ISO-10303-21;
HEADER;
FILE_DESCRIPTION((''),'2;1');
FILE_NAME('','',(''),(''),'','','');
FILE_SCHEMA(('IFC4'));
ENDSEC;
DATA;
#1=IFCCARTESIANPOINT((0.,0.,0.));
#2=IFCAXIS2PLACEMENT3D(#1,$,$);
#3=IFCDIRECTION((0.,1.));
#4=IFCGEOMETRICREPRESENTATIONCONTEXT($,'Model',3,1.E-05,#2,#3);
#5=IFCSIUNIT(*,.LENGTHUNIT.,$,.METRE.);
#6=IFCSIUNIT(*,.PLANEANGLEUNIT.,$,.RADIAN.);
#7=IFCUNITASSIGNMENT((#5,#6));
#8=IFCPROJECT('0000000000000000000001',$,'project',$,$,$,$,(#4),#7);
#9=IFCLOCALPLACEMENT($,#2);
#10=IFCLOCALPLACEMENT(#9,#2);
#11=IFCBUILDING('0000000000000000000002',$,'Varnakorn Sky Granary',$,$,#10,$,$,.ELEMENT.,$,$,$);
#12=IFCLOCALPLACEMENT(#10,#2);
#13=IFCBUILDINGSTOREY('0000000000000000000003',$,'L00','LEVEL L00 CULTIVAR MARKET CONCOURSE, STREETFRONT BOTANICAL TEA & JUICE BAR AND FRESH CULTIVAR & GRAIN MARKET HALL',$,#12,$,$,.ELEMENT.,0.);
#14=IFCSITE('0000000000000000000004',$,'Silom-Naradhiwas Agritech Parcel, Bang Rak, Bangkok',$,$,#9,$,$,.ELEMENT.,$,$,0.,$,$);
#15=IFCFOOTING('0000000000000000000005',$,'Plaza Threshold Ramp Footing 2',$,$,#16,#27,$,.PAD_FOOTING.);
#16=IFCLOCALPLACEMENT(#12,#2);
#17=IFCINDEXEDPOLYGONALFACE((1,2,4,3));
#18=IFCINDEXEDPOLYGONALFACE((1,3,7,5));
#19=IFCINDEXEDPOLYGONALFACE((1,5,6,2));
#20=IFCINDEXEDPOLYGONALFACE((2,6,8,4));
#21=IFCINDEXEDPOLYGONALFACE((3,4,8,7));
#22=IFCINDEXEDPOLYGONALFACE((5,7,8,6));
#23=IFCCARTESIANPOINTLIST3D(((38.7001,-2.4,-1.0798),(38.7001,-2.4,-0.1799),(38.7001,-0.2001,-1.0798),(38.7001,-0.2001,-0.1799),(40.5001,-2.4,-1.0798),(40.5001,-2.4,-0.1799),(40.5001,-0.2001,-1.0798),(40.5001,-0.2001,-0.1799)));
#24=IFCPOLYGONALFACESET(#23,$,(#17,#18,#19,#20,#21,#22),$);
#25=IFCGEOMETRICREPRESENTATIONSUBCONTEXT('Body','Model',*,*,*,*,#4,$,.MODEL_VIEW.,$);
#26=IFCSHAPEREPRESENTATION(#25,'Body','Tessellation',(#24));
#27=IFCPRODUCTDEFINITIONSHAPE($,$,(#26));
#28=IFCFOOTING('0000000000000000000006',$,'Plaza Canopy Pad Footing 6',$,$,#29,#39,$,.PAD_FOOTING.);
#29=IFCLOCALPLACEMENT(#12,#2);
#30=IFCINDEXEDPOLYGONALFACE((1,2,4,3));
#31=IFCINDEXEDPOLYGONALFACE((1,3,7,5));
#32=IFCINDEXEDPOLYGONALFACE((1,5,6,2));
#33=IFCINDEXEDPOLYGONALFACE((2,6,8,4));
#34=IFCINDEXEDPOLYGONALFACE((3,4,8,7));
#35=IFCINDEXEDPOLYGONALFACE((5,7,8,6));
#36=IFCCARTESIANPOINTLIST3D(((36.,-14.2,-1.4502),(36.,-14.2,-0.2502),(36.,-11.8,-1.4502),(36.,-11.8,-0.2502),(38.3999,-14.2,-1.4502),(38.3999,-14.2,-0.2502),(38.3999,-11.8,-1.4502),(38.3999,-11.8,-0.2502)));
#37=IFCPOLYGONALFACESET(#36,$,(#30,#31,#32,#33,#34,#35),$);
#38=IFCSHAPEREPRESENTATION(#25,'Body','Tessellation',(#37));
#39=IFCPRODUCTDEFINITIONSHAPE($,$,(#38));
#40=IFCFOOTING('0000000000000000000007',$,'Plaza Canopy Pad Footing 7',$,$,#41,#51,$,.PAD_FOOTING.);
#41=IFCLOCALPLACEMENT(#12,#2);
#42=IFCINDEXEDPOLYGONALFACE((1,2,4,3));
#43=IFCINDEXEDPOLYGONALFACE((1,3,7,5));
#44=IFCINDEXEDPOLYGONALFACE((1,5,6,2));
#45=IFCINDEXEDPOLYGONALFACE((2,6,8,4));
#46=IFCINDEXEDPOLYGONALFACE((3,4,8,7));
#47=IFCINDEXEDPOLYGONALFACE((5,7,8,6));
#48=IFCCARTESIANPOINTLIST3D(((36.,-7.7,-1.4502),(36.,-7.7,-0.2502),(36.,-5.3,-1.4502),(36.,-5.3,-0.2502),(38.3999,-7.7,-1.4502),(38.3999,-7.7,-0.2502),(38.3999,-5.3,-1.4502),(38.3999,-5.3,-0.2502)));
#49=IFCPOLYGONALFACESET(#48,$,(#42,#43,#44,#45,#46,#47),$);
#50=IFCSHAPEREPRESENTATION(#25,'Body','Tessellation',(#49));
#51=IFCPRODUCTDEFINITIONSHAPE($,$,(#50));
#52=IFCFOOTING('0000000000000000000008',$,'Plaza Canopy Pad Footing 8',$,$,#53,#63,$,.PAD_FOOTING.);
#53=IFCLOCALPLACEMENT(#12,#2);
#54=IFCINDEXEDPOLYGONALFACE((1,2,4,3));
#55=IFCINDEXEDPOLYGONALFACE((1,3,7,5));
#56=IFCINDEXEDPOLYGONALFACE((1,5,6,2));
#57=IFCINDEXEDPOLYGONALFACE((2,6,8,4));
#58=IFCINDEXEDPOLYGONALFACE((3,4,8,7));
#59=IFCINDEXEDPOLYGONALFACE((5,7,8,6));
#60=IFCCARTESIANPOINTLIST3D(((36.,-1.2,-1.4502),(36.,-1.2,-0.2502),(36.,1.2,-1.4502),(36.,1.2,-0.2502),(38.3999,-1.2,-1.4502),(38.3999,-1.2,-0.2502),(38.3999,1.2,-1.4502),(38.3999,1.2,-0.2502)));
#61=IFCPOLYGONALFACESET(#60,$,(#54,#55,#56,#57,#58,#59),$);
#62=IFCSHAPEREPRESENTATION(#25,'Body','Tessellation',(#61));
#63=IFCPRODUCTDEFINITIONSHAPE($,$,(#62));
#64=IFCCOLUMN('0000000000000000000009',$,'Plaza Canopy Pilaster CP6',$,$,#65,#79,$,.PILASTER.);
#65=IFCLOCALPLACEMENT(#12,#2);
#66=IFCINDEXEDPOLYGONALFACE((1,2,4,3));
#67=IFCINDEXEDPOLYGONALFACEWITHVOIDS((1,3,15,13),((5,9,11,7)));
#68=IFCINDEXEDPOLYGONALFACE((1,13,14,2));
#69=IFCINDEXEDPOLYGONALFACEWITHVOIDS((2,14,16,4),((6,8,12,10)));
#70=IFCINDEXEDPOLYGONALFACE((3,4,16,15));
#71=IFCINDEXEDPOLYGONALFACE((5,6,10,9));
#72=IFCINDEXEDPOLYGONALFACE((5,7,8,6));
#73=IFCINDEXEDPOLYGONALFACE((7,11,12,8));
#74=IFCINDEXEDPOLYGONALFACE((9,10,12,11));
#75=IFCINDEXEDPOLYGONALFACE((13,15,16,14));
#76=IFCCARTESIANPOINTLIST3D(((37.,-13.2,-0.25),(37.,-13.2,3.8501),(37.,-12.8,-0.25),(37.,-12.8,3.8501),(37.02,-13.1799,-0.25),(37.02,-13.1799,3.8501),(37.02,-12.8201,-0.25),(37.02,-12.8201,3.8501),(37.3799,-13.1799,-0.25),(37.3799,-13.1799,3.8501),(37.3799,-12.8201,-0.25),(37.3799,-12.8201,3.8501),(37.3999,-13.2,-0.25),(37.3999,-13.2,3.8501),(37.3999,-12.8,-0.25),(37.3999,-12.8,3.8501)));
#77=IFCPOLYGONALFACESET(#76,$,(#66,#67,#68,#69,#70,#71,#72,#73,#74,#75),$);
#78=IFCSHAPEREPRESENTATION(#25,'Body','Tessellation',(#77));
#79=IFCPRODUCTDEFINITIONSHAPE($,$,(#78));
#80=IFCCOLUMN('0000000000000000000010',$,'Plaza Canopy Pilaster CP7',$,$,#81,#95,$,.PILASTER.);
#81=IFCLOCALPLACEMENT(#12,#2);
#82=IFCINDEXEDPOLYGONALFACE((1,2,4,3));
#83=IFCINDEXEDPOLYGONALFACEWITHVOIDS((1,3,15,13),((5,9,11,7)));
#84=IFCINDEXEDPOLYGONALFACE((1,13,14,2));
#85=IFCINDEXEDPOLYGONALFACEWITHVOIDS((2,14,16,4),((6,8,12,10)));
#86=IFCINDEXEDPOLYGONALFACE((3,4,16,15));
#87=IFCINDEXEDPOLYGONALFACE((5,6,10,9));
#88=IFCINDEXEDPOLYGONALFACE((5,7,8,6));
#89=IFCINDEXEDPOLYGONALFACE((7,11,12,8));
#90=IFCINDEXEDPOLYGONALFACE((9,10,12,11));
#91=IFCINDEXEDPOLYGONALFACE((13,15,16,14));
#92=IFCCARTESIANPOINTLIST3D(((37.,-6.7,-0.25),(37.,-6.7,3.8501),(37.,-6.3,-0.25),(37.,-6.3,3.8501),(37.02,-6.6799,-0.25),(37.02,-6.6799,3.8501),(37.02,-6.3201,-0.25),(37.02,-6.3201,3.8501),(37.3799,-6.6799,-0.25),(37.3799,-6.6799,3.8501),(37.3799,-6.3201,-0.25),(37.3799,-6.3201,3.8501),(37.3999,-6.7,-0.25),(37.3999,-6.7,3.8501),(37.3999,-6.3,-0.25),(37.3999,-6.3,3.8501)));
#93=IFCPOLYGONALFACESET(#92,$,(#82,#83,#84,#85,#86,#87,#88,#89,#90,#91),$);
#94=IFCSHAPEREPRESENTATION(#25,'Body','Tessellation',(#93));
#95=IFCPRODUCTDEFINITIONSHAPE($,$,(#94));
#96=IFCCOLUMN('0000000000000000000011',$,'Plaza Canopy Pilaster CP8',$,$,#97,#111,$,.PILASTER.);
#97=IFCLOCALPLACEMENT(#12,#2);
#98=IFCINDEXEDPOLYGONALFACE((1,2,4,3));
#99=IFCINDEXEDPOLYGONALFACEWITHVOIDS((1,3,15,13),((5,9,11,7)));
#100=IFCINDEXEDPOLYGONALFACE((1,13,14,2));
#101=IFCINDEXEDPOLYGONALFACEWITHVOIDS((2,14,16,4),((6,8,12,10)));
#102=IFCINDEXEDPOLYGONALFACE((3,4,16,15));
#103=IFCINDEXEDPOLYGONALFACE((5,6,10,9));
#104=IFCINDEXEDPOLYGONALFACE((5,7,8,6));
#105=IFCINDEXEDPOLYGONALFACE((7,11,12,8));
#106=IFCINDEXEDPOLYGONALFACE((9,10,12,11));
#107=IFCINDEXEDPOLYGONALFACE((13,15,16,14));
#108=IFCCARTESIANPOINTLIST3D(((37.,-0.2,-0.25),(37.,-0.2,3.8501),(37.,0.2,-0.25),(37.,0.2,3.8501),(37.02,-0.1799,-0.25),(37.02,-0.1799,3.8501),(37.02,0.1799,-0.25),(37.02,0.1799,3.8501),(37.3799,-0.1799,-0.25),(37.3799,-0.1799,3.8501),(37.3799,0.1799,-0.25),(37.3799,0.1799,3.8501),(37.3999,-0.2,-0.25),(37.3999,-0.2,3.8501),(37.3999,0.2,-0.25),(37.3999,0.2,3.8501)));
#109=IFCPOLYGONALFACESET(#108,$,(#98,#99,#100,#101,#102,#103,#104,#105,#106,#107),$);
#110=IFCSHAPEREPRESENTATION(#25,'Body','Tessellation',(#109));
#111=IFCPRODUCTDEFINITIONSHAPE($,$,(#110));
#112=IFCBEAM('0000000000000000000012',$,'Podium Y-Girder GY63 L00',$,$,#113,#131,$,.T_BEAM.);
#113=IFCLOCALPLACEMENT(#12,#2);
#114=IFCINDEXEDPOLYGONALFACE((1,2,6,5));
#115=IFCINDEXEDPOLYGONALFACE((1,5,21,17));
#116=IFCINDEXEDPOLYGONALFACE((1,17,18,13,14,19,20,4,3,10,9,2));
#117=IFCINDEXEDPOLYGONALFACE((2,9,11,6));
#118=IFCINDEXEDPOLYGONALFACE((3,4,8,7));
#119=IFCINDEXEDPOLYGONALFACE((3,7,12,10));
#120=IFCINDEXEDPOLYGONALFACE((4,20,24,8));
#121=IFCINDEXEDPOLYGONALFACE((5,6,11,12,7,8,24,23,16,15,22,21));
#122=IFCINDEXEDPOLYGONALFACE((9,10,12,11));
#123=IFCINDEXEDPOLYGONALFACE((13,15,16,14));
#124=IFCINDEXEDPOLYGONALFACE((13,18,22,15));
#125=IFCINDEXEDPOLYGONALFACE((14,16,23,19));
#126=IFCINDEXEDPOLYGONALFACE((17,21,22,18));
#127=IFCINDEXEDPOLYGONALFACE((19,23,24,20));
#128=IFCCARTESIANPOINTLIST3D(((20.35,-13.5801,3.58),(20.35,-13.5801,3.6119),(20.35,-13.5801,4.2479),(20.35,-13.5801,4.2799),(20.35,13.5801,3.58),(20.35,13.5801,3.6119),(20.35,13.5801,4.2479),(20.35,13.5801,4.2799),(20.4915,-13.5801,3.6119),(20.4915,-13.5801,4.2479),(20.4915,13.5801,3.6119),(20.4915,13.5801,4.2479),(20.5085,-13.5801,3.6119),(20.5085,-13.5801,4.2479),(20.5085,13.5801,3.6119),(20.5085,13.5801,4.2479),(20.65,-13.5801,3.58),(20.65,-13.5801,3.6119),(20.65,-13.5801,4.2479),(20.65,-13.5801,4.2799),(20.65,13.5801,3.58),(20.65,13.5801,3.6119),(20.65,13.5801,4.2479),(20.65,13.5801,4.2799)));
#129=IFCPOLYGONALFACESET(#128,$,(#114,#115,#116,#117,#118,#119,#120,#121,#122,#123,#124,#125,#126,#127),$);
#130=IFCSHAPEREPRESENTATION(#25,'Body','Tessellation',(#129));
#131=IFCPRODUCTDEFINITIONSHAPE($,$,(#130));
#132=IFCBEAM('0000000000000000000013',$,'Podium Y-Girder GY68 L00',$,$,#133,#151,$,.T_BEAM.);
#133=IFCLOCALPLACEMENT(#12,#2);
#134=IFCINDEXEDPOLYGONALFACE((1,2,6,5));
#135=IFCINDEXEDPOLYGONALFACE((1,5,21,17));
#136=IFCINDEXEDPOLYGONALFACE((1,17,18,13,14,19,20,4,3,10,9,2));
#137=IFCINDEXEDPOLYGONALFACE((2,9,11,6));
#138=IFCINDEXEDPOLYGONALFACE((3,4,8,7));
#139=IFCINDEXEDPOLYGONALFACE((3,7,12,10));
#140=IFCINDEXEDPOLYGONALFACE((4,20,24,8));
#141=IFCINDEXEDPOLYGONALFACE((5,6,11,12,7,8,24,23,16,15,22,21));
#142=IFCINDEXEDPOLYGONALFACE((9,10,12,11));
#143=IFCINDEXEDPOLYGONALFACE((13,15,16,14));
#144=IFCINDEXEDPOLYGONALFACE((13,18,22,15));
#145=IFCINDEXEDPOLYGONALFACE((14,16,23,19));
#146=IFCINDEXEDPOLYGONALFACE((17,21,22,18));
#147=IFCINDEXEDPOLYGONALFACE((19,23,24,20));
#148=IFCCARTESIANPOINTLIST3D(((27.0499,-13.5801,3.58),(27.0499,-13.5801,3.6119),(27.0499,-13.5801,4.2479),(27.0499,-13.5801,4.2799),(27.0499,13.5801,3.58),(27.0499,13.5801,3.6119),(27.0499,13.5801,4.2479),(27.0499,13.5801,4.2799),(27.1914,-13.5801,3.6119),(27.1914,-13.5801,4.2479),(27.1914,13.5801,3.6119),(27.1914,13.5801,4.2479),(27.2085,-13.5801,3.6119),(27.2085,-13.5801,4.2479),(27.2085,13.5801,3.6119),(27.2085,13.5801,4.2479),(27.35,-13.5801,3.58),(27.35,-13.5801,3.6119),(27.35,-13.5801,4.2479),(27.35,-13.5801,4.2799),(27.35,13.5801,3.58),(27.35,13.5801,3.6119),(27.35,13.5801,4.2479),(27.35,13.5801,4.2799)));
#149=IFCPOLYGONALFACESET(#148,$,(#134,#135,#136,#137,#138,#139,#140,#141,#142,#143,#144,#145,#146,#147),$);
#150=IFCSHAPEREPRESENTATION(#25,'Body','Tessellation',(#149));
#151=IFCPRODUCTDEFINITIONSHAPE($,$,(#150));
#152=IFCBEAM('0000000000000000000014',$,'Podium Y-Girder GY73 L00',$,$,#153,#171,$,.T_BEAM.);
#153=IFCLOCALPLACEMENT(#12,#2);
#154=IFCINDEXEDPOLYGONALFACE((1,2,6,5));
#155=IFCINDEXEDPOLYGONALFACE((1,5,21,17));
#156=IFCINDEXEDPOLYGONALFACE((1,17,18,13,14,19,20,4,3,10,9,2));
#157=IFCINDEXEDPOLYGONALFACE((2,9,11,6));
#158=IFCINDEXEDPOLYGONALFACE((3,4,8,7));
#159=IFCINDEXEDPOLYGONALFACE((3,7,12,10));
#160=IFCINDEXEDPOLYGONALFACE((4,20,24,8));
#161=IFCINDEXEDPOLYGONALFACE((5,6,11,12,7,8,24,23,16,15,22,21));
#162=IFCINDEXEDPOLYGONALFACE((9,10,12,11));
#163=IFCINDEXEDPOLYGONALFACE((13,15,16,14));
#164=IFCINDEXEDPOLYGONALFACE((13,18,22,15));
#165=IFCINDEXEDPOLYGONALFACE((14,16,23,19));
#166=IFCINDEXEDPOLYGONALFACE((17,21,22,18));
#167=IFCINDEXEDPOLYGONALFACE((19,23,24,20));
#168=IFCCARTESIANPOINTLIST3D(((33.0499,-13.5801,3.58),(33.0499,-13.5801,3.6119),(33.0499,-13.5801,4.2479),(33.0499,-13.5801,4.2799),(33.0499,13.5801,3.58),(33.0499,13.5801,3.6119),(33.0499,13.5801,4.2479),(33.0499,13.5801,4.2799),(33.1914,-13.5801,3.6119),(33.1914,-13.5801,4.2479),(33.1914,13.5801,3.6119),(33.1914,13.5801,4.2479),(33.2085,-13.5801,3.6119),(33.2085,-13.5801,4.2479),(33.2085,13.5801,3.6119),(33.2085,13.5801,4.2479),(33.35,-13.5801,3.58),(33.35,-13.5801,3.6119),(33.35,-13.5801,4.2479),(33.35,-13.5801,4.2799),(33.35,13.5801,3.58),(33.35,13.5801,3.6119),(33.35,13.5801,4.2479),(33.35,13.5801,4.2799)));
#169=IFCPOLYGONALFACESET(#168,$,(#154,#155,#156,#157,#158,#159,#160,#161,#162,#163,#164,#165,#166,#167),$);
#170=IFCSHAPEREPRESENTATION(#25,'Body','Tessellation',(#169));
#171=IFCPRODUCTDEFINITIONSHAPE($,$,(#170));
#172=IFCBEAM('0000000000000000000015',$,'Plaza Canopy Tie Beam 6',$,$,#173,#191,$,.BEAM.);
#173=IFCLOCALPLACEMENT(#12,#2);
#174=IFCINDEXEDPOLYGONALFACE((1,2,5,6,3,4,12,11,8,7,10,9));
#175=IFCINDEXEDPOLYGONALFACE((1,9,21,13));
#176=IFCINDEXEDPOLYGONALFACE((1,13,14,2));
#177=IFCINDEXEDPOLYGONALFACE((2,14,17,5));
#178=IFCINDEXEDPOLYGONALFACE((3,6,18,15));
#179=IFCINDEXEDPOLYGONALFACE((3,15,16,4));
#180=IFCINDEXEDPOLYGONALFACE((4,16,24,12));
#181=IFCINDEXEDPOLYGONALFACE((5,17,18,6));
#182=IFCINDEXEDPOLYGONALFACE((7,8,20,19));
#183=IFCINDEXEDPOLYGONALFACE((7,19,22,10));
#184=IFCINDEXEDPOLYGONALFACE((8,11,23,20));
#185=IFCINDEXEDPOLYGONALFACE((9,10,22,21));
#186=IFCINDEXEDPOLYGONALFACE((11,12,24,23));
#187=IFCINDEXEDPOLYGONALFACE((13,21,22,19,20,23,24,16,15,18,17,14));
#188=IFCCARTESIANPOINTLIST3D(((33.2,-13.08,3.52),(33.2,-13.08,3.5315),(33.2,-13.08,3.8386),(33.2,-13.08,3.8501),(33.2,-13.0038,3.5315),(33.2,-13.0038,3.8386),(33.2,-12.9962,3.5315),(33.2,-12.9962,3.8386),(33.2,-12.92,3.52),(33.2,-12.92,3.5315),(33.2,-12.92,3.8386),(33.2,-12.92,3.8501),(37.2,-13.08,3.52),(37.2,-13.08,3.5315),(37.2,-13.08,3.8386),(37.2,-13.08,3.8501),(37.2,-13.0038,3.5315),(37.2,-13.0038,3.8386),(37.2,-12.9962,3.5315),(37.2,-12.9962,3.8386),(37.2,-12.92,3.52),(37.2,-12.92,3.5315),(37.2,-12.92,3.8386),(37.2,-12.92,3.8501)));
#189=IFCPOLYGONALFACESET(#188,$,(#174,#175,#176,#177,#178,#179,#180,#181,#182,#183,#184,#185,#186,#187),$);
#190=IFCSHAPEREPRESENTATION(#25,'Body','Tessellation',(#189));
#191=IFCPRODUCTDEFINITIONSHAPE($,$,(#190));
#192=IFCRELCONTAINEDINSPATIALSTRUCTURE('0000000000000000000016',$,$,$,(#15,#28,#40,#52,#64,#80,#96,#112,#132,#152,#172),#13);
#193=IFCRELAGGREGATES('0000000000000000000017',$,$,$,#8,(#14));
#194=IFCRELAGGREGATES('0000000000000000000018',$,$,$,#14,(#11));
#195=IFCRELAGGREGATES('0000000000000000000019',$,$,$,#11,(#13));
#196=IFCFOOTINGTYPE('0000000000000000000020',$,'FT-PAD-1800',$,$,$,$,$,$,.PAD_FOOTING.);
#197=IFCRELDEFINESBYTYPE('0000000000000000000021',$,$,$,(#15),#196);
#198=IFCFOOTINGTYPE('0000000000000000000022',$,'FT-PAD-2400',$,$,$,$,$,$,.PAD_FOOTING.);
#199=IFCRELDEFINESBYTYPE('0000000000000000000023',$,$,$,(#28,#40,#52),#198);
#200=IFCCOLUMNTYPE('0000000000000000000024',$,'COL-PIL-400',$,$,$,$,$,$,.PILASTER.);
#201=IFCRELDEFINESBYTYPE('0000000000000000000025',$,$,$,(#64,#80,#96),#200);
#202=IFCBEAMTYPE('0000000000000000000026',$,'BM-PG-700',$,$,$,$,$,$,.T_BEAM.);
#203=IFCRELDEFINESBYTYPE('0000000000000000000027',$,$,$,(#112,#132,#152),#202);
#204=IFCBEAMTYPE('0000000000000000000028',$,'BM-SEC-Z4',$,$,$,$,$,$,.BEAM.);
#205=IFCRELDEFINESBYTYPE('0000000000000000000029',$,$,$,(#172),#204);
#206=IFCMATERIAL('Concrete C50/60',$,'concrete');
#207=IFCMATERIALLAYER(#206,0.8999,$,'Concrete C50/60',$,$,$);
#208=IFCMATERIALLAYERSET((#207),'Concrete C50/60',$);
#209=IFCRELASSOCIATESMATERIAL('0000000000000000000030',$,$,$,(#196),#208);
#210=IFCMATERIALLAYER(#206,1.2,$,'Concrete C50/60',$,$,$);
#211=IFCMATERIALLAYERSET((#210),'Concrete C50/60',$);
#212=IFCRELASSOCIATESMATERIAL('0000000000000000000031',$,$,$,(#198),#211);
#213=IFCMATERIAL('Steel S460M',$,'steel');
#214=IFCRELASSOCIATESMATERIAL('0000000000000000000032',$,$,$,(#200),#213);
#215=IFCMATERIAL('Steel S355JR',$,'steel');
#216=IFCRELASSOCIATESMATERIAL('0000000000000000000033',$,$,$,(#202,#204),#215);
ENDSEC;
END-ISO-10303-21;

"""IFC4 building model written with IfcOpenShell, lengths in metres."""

from ifc_helpers import new_model, si_unit, direction, frame, origin, origin_2d, place, context, subcontext, project, spatial, rectangle, hollow_rectangle, i_section, extrude, material, layer, layer_set, material_profile, profile_set, type_object, element, save


model = new_model("IFC4")

# Units and contexts
model_context = context("Model", 3, precision=1e-05, world=origin(), true_north=direction((0.0, 1.0)))
body_context = subcontext(model_context, "Body", "Model", "MODEL_VIEW")
ifc_project = project(units=[si_unit("LENGTHUNIT", "METRE"), si_unit("PLANEANGLEUNIT", "RADIAN")], contexts=[model_context])

# Site, building, storey
site_placement = place(None, origin())
site = spatial("IfcSite", under=ifc_project, at=site_placement, Name="Silom-Naradhiwas Agritech Parcel, Bang Rak, Bangkok", CompositionType="ELEMENT", RefElevation=0.0)
building_placement = place(site_placement, origin())
building = spatial("IfcBuilding", under=site, at=building_placement, Name="Varnakorn Sky Granary", CompositionType="ELEMENT")
storey_placement = place(building_placement, origin())
storey = spatial("IfcBuildingStorey", under=building, at=storey_placement, Name="L00", Description="LEVEL L00 CULTIVAR MARKET CONCOURSE, STREETFRONT BOTANICAL TEA & JUICE BAR AND FRESH CULTIVAR & GRAIN MARKET HALL", CompositionType="ELEMENT", Elevation=0.0)

# Footings
ifc_material_1 = material(Name="Concrete C50/60", Category="concrete")
ifc_layer_1 = layer(ifc_material_1, 0.8999, Name="Concrete C50/60")
ifc_layer_set_1 = layer_set([ifc_layer_1], Name="Concrete C50/60")
footing_type_1 = type_object("IfcFootingType", Name="FT-PAD-1800", PredefinedType="PAD_FOOTING", material=ifc_layer_set_1)
footing_placement = place(storey_placement, frame((39.6001, -1.3, -1.0798), z_axis=(0.0, 0.0, 1.0), x_axis=(1.0, 0.0, 0.0)))
element("IfcFooting", 1, at=footing_placement, inside=storey, type_object=footing_type_1, Name="Plaza Threshold Ramp Footing 2", PredefinedType="PAD_FOOTING", context=body_context, shape_type="SweptSolid", body=[
    extrude(rectangle(XDim=1.8, YDim=2.2, at=origin_2d()), origin(), (0.0, 0.0, 1.0), 0.8999),
])
ifc_layer_2 = layer(ifc_material_1, 1.2, Name="Concrete C50/60")
ifc_layer_set_2 = layer_set([ifc_layer_2], Name="Concrete C50/60")
footing_type_2 = type_object("IfcFootingType", Name="FT-PAD-2400", PredefinedType="PAD_FOOTING", material=ifc_layer_set_2)
for number, where, z_axis, x_axis, name in (
    (2, (37.2, -13.0, -1.4502), (0.0, 0.0, 1.0), (1.0, 0.0, 0.0), "Plaza Canopy Pad Footing 6"),
    (3, (37.2, -6.5, -1.4502), (0.0, 0.0, 1.0), (1.0, 0.0, 0.0), "Plaza Canopy Pad Footing 7"),
    (4, (37.2, 0.0, -1.4502), (0.0, 0.0, 1.0), (1.0, 0.0, 0.0), "Plaza Canopy Pad Footing 8"),
):
    element("IfcFooting", number, at=place(storey_placement, frame(where, z_axis=z_axis, x_axis=x_axis)), inside=storey, type_object=footing_type_2, Name=name, PredefinedType="PAD_FOOTING", context=body_context, shape_type="SweptSolid", body=[
        extrude(rectangle(XDim=2.3999, YDim=2.3999, at=origin_2d()), origin(), (0.0, 0.0, 1.0), 1.2),
    ])

# Columns
ifc_material_2 = material(Name="Steel S460M", Category="steel")
ifc_material_profile_1 = material_profile(ifc_material_2, hollow_rectangle(XDim=0.3999, YDim=0.3999, WallThickness=0.02, at=origin_2d()), Name="SHS 400x400x20")
ifc_profile_set_1 = profile_set([ifc_material_profile_1], Name="Steel S460M")
column_type = type_object("IfcColumnType", Name="COL-PIL-400", PredefinedType="PILASTER", material=ifc_profile_set_1)
for number, where, z_axis, x_axis, name in (
    (5, (37.2, -13.0, -0.25), (0.0, 0.0, 1.0), (1.0, 0.0, 0.0), "Plaza Canopy Pilaster CP6"),
    (6, (37.2, -6.5, -0.25), (0.0, 0.0, 1.0), (1.0, 0.0, 0.0), "Plaza Canopy Pilaster CP7"),
    (7, (37.2, 0.0, -0.25), (0.0, 0.0, 1.0), (1.0, 0.0, 0.0), "Plaza Canopy Pilaster CP8"),
):
    element("IfcColumn", number, at=place(storey_placement, frame(where, z_axis=z_axis, x_axis=x_axis)), inside=storey, type_object=column_type, Name=name, PredefinedType="PILASTER", context=body_context, shape_type="SweptSolid", body=[
        extrude(hollow_rectangle(XDim=0.3999, YDim=0.3999, WallThickness=0.02, at=origin_2d()), origin(), (0.0, 0.0, 1.0), 4.1001),
    ])

# Beams
ifc_material_3 = material(Name="Steel S355JR", Category="steel")
ifc_material_profile_2 = material_profile(ifc_material_3, i_section(OverallWidth=0.3, OverallDepth=0.7, WebThickness=0.0171, FlangeThickness=0.032, at=origin_2d()), Name="HE 700 B")
ifc_profile_set_2 = profile_set([ifc_material_profile_2], Name="Steel S355JR")
beam_type_1 = type_object("IfcBeamType", Name="BM-PG-700", PredefinedType="T_BEAM", material=ifc_profile_set_2)
for number, where, z_axis, x_axis, name in (
    (8, (20.5, -13.5801, 3.9299), (0.0, 1.0, 0.0), (-1.0, 0.0, 0.0), "Podium Y-Girder GY63 L00"),
    (9, (27.2, -13.5801, 3.9299), (0.0, 1.0, 0.0), (-1.0, 0.0, 0.0), "Podium Y-Girder GY68 L00"),
    (10, (33.2, -13.5801, 3.9299), (0.0, 1.0, 0.0), (-1.0, 0.0, 0.0), "Podium Y-Girder GY73 L00"),
):
    element("IfcBeam", number, at=place(storey_placement, frame(where, z_axis=z_axis, x_axis=x_axis)), inside=storey, type_object=beam_type_1, Name=name, PredefinedType="T_BEAM", context=body_context, shape_type="SweptSolid", body=[
        extrude(i_section(OverallWidth=0.3, OverallDepth=0.7, WebThickness=0.0171, FlangeThickness=0.032, at=origin_2d()), origin(), (0.0, 0.0, 1.0), 27.1602),
    ])
ifc_material_profile_3 = material_profile(ifc_material_3, i_section(OverallWidth=0.1599, OverallDepth=0.3301, WebThickness=0.0076, FlangeThickness=0.0115, at=origin_2d()), Name="IPE 330")
ifc_profile_set_3 = profile_set([ifc_material_profile_3], Name="Steel S355JR")
beam_type_2 = type_object("IfcBeamType", Name="BM-SEC-Z4", PredefinedType="BEAM", material=ifc_profile_set_3)
for number, where, z_axis, x_axis, name in (
    (11, (37.2, -13.0, 3.6851), (-1.0, 0.0, 0.0), (0.0, -1.0, 0.0), "Plaza Canopy Tie Beam 6"),
):
    element("IfcBeam", number, at=place(storey_placement, frame(where, z_axis=z_axis, x_axis=x_axis)), inside=storey, type_object=beam_type_2, Name=name, PredefinedType="BEAM", context=body_context, shape_type="SweptSolid", body=[
        extrude(i_section(OverallWidth=0.1599, OverallDepth=0.3301, WebThickness=0.0076, FlangeThickness=0.0115, at=origin_2d()), origin(), (0.0, 0.0, 1.0), 4.0),
    ])

save(model, "model.ifc")
